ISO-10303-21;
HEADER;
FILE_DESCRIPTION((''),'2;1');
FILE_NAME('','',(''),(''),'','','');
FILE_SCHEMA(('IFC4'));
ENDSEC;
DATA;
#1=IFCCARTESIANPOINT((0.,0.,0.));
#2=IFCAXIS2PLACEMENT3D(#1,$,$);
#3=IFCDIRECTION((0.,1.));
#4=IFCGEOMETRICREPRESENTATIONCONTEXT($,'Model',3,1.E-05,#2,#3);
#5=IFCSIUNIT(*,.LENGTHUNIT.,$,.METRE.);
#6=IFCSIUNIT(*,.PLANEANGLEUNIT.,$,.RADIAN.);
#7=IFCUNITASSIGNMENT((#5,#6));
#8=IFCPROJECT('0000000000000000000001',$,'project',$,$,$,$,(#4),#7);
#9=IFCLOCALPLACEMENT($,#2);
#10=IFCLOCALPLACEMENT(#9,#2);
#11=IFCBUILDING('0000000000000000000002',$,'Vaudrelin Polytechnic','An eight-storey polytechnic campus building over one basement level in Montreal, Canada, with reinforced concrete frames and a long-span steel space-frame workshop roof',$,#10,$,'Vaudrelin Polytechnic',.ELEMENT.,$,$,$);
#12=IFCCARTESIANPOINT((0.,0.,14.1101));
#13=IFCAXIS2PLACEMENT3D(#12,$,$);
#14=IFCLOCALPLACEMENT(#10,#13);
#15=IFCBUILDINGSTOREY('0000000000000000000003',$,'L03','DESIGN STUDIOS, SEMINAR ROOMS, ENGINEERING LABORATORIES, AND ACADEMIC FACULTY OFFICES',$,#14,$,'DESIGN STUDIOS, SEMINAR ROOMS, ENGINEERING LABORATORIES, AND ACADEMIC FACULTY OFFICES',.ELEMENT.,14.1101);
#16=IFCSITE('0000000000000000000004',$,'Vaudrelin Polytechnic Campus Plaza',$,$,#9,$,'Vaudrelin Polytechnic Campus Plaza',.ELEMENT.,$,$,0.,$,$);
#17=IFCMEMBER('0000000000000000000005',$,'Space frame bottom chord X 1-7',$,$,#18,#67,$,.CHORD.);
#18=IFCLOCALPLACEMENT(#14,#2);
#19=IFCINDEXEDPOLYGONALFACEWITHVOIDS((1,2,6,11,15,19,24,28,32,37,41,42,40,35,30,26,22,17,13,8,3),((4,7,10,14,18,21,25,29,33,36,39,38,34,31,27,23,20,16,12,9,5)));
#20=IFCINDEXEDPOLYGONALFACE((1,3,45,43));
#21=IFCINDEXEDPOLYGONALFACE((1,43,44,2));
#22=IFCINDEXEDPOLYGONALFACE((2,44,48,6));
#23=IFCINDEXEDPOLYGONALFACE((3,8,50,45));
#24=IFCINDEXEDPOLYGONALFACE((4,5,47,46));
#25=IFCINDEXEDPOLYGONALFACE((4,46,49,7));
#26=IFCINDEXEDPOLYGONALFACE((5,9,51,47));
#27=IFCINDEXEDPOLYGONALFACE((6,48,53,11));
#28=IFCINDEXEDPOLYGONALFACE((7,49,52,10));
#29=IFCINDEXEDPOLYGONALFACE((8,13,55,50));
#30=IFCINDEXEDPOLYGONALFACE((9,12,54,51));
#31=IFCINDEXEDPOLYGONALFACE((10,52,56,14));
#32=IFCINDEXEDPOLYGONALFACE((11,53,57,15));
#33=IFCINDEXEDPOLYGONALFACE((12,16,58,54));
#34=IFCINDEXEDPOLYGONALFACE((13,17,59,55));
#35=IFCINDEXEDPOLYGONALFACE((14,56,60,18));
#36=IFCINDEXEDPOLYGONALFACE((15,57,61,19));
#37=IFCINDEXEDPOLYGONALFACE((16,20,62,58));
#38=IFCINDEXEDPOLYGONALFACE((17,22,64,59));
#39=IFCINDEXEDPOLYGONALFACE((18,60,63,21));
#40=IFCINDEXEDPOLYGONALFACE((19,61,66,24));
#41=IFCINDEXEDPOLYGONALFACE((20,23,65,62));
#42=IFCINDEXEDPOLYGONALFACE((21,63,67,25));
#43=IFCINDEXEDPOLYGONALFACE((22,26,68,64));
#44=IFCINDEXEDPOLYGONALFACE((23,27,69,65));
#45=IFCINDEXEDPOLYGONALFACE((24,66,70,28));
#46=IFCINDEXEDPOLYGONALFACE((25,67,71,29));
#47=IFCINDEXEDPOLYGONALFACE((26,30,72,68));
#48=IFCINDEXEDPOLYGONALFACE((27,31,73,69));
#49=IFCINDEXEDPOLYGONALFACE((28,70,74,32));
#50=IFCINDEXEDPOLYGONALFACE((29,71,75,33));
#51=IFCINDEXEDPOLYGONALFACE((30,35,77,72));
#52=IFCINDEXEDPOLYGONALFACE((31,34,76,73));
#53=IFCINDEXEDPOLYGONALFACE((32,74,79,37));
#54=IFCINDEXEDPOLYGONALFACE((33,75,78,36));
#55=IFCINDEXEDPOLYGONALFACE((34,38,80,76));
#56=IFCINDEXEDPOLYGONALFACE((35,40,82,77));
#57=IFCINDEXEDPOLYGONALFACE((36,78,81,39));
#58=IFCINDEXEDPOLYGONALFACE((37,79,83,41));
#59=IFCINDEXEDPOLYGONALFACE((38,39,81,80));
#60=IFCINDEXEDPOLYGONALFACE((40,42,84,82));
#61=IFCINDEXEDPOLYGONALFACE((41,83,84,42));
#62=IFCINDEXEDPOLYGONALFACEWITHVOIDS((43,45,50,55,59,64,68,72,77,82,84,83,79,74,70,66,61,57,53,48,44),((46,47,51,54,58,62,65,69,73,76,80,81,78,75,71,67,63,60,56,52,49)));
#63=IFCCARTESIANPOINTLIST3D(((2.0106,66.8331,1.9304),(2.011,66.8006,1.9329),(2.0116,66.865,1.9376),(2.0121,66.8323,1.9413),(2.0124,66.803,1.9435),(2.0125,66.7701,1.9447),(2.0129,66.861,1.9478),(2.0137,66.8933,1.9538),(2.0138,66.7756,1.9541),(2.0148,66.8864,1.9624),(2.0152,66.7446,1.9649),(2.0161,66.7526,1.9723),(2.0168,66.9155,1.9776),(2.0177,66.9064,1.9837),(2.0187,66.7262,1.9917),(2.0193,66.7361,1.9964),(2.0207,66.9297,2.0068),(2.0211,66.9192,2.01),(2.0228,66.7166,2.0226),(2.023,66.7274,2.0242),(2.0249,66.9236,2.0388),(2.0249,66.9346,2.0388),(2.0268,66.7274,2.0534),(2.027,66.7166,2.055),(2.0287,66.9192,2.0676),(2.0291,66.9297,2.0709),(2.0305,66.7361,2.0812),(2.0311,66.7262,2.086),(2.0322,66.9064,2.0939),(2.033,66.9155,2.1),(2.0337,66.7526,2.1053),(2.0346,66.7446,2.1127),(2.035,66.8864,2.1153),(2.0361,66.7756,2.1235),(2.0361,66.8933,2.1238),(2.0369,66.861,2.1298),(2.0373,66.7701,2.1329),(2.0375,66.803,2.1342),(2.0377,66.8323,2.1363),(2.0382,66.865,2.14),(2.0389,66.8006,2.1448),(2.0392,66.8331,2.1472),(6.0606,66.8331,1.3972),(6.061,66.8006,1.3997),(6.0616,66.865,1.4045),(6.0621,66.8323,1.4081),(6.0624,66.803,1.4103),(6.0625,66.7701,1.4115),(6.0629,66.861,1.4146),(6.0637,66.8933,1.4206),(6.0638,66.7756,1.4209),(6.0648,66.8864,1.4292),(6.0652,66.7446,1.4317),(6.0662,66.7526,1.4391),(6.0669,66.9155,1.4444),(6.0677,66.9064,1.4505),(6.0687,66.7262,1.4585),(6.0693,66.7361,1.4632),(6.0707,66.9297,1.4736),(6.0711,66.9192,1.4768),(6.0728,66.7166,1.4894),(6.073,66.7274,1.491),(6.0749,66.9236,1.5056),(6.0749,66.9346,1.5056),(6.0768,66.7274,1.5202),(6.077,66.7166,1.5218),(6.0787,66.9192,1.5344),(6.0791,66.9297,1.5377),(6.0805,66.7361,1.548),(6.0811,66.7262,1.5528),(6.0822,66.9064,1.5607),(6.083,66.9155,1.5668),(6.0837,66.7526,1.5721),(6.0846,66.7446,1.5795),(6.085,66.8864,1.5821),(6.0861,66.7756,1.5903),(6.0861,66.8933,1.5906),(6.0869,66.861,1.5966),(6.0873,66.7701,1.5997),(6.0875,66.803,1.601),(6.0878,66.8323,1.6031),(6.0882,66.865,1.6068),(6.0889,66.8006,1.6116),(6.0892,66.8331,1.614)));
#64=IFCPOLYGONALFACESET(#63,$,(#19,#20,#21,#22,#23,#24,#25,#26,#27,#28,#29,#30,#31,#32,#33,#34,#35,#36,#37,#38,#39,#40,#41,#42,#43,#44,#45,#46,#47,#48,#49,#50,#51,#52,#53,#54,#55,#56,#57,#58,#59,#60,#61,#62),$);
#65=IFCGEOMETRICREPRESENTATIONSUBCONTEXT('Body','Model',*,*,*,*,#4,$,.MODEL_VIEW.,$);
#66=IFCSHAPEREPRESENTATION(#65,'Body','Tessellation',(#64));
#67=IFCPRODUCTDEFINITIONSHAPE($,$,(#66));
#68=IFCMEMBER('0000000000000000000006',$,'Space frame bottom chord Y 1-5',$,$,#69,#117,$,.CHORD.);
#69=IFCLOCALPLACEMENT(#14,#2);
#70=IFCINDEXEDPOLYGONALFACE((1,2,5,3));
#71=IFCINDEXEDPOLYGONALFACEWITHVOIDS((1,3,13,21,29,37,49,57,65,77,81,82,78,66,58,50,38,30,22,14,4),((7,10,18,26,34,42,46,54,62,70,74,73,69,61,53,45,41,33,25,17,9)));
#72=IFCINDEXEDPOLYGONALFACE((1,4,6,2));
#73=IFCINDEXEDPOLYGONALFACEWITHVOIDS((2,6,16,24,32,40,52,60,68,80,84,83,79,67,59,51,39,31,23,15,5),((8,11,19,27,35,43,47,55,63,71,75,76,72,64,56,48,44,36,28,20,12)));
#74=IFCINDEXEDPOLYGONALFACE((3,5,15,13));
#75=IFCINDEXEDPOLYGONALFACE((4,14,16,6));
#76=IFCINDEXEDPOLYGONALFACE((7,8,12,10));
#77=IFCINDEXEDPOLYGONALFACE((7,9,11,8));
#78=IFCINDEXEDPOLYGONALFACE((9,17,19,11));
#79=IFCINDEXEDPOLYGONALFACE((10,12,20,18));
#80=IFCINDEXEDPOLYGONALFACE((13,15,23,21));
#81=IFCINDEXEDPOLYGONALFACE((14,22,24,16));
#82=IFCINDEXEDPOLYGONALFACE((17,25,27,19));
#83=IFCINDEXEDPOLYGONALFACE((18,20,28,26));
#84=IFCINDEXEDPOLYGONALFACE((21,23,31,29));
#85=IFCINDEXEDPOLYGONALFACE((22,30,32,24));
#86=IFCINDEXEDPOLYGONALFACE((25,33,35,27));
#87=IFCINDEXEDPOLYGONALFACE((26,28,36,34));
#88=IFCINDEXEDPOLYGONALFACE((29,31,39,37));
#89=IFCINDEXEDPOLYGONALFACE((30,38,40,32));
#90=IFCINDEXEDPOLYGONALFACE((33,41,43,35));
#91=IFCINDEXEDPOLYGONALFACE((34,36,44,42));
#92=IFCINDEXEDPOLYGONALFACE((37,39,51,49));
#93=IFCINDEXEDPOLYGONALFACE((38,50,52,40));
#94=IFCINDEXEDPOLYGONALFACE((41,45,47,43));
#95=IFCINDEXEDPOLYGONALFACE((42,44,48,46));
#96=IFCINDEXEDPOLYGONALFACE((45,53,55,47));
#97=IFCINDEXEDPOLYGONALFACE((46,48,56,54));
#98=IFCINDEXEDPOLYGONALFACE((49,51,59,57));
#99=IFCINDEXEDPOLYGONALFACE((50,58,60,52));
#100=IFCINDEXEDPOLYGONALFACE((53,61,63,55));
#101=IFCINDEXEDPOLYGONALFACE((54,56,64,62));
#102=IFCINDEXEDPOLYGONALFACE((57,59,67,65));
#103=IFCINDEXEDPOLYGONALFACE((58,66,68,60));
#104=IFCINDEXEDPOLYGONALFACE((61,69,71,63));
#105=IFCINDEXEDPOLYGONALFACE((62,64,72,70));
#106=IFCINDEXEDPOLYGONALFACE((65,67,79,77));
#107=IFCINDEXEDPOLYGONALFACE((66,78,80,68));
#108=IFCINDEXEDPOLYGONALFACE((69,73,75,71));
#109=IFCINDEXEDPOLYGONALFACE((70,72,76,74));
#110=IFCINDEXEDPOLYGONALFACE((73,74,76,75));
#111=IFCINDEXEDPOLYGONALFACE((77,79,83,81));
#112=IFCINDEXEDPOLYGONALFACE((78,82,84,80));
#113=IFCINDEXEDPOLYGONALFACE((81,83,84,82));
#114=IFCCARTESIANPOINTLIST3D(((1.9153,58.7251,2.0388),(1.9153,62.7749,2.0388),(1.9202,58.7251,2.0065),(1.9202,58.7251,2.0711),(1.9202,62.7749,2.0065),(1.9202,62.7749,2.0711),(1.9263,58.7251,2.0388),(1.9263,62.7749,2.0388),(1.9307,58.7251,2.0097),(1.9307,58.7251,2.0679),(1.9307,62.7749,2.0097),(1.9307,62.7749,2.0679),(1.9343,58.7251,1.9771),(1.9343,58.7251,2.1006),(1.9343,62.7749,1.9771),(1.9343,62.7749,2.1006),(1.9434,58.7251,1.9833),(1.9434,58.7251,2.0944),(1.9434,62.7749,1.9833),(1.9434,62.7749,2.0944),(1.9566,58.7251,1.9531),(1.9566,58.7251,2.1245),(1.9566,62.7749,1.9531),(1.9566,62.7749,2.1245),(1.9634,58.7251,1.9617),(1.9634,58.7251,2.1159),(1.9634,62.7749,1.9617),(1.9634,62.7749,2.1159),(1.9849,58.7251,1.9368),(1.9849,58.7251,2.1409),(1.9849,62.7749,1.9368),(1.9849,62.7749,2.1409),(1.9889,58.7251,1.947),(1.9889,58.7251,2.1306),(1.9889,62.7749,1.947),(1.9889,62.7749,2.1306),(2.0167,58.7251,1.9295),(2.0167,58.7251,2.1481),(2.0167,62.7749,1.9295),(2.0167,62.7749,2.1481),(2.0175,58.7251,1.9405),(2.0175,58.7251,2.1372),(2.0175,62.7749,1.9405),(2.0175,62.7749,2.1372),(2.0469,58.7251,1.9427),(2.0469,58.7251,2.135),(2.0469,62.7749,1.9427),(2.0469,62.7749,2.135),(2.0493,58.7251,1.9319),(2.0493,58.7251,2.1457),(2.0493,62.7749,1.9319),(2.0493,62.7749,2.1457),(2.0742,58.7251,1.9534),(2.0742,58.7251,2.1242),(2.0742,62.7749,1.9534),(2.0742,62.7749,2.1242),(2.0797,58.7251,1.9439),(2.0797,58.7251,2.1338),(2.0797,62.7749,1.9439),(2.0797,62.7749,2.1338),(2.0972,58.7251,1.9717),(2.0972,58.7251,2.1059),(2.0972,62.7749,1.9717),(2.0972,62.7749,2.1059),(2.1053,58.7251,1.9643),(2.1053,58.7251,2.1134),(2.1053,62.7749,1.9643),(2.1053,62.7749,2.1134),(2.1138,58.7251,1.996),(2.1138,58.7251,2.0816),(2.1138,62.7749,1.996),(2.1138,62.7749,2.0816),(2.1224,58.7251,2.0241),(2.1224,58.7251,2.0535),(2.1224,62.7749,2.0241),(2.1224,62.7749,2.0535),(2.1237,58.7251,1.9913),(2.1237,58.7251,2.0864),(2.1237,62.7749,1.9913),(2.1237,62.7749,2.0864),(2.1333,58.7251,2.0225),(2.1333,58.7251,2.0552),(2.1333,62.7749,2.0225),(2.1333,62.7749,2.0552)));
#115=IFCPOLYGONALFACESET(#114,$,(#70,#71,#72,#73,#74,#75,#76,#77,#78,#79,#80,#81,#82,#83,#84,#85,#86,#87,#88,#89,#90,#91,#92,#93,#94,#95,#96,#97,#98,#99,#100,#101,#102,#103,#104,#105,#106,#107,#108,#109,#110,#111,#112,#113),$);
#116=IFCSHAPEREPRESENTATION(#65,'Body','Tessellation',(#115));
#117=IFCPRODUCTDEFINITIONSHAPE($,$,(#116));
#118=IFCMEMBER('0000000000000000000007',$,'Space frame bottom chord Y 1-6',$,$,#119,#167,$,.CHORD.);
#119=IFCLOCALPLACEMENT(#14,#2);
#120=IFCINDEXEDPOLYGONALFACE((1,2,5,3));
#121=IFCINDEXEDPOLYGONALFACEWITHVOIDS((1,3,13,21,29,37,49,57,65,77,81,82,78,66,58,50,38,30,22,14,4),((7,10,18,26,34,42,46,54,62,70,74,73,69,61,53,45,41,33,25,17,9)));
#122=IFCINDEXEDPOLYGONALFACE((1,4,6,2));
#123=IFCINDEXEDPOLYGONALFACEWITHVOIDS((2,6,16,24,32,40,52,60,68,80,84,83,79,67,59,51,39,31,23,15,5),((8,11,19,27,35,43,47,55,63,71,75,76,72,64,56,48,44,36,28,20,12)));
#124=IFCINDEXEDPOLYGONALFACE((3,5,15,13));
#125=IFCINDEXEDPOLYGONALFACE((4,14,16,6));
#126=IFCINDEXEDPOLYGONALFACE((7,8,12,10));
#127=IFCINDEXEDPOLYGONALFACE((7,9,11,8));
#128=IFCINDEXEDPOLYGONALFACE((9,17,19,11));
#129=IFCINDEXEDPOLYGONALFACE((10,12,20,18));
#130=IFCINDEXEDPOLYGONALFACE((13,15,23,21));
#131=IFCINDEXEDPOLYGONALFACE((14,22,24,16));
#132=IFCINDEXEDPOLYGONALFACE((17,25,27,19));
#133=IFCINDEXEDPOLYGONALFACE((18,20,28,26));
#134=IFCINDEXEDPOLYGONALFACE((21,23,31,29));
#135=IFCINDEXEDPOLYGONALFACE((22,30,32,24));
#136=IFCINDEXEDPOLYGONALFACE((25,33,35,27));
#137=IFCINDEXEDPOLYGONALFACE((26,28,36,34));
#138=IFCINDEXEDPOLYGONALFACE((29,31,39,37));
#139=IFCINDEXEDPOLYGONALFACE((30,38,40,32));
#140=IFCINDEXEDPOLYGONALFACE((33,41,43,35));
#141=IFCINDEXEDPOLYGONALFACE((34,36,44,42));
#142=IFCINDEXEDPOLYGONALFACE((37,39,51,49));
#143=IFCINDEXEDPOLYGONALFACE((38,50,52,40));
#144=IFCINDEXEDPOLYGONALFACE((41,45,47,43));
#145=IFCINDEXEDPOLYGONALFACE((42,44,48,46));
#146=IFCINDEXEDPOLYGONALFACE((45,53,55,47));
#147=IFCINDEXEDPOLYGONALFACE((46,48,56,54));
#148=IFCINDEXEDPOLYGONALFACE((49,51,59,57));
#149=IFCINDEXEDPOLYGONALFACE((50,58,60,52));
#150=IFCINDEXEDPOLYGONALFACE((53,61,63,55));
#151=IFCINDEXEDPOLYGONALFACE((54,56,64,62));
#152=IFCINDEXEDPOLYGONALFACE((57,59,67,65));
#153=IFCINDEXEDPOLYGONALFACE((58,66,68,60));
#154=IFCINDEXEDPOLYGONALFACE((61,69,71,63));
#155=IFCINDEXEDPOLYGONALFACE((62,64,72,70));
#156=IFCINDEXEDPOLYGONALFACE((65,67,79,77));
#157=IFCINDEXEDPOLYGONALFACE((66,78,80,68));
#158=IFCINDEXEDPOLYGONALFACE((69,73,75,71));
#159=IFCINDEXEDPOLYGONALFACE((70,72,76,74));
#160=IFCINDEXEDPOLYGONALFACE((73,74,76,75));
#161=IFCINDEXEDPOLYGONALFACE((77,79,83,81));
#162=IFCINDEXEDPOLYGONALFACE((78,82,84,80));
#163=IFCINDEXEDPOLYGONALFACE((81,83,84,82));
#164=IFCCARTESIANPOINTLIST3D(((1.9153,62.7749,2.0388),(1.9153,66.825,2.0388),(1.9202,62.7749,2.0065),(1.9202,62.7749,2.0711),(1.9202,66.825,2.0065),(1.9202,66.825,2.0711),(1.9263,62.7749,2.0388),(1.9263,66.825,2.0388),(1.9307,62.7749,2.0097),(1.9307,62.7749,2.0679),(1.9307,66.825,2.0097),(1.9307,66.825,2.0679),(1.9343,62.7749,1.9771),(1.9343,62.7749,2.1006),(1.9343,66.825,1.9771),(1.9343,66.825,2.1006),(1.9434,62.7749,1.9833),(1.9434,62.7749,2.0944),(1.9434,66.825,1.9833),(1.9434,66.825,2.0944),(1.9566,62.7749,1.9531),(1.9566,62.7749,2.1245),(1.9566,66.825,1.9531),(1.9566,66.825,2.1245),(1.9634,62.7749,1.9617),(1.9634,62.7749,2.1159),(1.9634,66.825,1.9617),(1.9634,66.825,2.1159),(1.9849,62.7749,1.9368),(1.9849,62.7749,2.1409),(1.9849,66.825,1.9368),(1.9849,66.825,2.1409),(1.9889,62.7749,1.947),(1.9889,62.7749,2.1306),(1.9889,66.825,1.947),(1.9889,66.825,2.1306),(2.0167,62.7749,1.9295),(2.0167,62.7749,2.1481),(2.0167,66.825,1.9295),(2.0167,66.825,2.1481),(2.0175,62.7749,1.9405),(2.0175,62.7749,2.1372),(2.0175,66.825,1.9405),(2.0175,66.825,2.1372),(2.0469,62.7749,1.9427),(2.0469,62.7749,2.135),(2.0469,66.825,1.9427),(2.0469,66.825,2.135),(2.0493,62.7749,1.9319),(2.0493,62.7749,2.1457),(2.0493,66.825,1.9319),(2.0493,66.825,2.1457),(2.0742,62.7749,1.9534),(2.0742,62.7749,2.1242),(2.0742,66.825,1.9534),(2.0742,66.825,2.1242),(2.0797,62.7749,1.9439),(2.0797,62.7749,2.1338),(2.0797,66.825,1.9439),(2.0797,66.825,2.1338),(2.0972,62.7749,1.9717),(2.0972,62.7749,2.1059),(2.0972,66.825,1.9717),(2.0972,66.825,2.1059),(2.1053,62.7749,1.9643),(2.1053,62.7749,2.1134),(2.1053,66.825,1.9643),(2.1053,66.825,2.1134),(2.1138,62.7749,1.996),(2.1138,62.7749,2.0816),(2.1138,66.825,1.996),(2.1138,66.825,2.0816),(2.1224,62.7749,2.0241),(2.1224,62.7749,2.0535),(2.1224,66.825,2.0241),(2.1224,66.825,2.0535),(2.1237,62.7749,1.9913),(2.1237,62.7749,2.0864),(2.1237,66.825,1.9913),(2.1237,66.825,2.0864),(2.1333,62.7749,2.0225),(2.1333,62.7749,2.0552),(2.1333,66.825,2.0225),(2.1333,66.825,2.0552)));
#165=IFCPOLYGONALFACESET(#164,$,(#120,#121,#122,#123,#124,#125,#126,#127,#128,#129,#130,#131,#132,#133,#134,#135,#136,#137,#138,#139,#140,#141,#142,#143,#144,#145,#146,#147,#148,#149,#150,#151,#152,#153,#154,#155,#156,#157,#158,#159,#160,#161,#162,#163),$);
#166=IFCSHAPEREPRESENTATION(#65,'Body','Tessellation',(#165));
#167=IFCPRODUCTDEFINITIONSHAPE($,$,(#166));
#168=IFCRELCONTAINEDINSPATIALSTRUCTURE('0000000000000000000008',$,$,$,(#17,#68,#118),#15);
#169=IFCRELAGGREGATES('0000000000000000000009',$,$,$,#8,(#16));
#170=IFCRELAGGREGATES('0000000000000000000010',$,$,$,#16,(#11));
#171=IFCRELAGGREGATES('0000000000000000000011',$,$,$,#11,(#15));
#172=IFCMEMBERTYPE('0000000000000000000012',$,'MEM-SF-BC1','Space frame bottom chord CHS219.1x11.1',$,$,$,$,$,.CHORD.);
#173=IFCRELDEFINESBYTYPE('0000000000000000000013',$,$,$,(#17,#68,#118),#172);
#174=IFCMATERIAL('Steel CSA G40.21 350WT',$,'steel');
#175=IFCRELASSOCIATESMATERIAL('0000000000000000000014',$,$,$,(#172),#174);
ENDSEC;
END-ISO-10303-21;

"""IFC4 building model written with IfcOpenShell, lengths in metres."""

from ifc_helpers import new_model, si_unit, direction, frame, origin, origin_2d, place, context, subcontext, project, spatial, hollow_circle, extrude, material, material_profile, profile_set, type_object, element, save


model = new_model("IFC4")

# Units and contexts
model_context = context("Model", 3, precision=1e-05, world=origin(), true_north=direction((0.0, 1.0)))
body_context = subcontext(model_context, "Body", "Model", "MODEL_VIEW")
ifc_project = project(units=[si_unit("LENGTHUNIT", "METRE"), si_unit("PLANEANGLEUNIT", "RADIAN")], contexts=[model_context])

# Site, building, storey
site_placement = place(None, origin())
site = spatial("IfcSite", under=ifc_project, at=site_placement, Name="Vaudrelin Polytechnic Campus Plaza", LongName="Vaudrelin Polytechnic Campus Plaza", CompositionType="ELEMENT", RefElevation=0.0)
building_placement = place(site_placement, origin())
building = spatial("IfcBuilding", under=site, at=building_placement, Name="Vaudrelin Polytechnic", Description="An eight-storey polytechnic campus building over one basement level in Montreal, Canada, with reinforced concrete frames and a long-span steel space-frame workshop roof", LongName="Vaudrelin Polytechnic", CompositionType="ELEMENT")
storey_placement = place(building_placement, frame((0.0, 0.0, 14.1101)))
storey = spatial("IfcBuildingStorey", under=building, at=storey_placement, Name="L03", Description="DESIGN STUDIOS, SEMINAR ROOMS, ENGINEERING LABORATORIES, AND ACADEMIC FACULTY OFFICES", LongName="DESIGN STUDIOS, SEMINAR ROOMS, ENGINEERING LABORATORIES, AND ACADEMIC FACULTY OFFICES", CompositionType="ELEMENT", Elevation=14.1101)

# Members
ifc_material_1 = material(Name="Steel CSA G40.21 350WT", Category="steel")
ifc_material_profile_1 = material_profile(ifc_material_1, hollow_circle(Radius=0.1096, WallThickness=0.011, at=origin_2d()), Name="CHS219.1x11.1")
ifc_profile_set_1 = profile_set([ifc_material_profile_1], Name="Steel CSA G40.21 350WT")
member_type_1 = type_object("IfcMemberType", Name="MEM-SF-BC1", Description="Space frame bottom chord CHS219.1x11.1", PredefinedType="CHORD", material=ifc_profile_set_1)
for number, where, z_axis, x_axis, name in (
    (1, (2.0249, 66.825, 2.0388), (0.991445, 0.0, -0.130527), (0.0, 1.0, 0.0), "Space frame bottom chord X 1-7"),
):
    element("IfcMember", number, at=place(storey_placement, frame(where, z_axis=z_axis, x_axis=x_axis)), inside=storey, type_object=member_type_1, Name=name, PredefinedType="CHORD", context=body_context, shape_type="SweptSolid", body=[
        extrude(hollow_circle(Radius=0.1096, WallThickness=0.011, at=origin_2d()), origin(), (0.0, 0.0, 1.0), 4.085),
    ])
member_1_placement = place(storey_placement, frame((2.0249, 58.7251, 2.0388), z_axis=(0.0, 1.0, 0.0), x_axis=(-1.0, 0.0, 0.0)))
element("IfcMember", 2, at=member_1_placement, inside=storey, type_object=member_type_1, Name="Space frame bottom chord Y 1-5", PredefinedType="CHORD", context=body_context, shape_type="SweptSolid", body=[
    extrude(hollow_circle(Radius=0.1096, WallThickness=0.011, at=origin_2d()), origin(), (0.0, 0.0, 1.0), 4.0498),
])
for number, where, z_axis, x_axis, name in (
    (3, (2.0249, 62.7749, 2.0388), (0.0, 1.0, 0.0), (-1.0, 0.0, 0.0), "Space frame bottom chord Y 1-6"),
):
    element("IfcMember", number, at=place(storey_placement, frame(where, z_axis=z_axis, x_axis=x_axis)), inside=storey, type_object=member_type_1, Name=name, PredefinedType="CHORD", context=body_context, shape_type="SweptSolid", body=[
        extrude(hollow_circle(Radius=0.1096, WallThickness=0.011, at=origin_2d()), origin(), (0.0, 0.0, 1.0), 4.05),
    ])

save(model, "model.ifc")
